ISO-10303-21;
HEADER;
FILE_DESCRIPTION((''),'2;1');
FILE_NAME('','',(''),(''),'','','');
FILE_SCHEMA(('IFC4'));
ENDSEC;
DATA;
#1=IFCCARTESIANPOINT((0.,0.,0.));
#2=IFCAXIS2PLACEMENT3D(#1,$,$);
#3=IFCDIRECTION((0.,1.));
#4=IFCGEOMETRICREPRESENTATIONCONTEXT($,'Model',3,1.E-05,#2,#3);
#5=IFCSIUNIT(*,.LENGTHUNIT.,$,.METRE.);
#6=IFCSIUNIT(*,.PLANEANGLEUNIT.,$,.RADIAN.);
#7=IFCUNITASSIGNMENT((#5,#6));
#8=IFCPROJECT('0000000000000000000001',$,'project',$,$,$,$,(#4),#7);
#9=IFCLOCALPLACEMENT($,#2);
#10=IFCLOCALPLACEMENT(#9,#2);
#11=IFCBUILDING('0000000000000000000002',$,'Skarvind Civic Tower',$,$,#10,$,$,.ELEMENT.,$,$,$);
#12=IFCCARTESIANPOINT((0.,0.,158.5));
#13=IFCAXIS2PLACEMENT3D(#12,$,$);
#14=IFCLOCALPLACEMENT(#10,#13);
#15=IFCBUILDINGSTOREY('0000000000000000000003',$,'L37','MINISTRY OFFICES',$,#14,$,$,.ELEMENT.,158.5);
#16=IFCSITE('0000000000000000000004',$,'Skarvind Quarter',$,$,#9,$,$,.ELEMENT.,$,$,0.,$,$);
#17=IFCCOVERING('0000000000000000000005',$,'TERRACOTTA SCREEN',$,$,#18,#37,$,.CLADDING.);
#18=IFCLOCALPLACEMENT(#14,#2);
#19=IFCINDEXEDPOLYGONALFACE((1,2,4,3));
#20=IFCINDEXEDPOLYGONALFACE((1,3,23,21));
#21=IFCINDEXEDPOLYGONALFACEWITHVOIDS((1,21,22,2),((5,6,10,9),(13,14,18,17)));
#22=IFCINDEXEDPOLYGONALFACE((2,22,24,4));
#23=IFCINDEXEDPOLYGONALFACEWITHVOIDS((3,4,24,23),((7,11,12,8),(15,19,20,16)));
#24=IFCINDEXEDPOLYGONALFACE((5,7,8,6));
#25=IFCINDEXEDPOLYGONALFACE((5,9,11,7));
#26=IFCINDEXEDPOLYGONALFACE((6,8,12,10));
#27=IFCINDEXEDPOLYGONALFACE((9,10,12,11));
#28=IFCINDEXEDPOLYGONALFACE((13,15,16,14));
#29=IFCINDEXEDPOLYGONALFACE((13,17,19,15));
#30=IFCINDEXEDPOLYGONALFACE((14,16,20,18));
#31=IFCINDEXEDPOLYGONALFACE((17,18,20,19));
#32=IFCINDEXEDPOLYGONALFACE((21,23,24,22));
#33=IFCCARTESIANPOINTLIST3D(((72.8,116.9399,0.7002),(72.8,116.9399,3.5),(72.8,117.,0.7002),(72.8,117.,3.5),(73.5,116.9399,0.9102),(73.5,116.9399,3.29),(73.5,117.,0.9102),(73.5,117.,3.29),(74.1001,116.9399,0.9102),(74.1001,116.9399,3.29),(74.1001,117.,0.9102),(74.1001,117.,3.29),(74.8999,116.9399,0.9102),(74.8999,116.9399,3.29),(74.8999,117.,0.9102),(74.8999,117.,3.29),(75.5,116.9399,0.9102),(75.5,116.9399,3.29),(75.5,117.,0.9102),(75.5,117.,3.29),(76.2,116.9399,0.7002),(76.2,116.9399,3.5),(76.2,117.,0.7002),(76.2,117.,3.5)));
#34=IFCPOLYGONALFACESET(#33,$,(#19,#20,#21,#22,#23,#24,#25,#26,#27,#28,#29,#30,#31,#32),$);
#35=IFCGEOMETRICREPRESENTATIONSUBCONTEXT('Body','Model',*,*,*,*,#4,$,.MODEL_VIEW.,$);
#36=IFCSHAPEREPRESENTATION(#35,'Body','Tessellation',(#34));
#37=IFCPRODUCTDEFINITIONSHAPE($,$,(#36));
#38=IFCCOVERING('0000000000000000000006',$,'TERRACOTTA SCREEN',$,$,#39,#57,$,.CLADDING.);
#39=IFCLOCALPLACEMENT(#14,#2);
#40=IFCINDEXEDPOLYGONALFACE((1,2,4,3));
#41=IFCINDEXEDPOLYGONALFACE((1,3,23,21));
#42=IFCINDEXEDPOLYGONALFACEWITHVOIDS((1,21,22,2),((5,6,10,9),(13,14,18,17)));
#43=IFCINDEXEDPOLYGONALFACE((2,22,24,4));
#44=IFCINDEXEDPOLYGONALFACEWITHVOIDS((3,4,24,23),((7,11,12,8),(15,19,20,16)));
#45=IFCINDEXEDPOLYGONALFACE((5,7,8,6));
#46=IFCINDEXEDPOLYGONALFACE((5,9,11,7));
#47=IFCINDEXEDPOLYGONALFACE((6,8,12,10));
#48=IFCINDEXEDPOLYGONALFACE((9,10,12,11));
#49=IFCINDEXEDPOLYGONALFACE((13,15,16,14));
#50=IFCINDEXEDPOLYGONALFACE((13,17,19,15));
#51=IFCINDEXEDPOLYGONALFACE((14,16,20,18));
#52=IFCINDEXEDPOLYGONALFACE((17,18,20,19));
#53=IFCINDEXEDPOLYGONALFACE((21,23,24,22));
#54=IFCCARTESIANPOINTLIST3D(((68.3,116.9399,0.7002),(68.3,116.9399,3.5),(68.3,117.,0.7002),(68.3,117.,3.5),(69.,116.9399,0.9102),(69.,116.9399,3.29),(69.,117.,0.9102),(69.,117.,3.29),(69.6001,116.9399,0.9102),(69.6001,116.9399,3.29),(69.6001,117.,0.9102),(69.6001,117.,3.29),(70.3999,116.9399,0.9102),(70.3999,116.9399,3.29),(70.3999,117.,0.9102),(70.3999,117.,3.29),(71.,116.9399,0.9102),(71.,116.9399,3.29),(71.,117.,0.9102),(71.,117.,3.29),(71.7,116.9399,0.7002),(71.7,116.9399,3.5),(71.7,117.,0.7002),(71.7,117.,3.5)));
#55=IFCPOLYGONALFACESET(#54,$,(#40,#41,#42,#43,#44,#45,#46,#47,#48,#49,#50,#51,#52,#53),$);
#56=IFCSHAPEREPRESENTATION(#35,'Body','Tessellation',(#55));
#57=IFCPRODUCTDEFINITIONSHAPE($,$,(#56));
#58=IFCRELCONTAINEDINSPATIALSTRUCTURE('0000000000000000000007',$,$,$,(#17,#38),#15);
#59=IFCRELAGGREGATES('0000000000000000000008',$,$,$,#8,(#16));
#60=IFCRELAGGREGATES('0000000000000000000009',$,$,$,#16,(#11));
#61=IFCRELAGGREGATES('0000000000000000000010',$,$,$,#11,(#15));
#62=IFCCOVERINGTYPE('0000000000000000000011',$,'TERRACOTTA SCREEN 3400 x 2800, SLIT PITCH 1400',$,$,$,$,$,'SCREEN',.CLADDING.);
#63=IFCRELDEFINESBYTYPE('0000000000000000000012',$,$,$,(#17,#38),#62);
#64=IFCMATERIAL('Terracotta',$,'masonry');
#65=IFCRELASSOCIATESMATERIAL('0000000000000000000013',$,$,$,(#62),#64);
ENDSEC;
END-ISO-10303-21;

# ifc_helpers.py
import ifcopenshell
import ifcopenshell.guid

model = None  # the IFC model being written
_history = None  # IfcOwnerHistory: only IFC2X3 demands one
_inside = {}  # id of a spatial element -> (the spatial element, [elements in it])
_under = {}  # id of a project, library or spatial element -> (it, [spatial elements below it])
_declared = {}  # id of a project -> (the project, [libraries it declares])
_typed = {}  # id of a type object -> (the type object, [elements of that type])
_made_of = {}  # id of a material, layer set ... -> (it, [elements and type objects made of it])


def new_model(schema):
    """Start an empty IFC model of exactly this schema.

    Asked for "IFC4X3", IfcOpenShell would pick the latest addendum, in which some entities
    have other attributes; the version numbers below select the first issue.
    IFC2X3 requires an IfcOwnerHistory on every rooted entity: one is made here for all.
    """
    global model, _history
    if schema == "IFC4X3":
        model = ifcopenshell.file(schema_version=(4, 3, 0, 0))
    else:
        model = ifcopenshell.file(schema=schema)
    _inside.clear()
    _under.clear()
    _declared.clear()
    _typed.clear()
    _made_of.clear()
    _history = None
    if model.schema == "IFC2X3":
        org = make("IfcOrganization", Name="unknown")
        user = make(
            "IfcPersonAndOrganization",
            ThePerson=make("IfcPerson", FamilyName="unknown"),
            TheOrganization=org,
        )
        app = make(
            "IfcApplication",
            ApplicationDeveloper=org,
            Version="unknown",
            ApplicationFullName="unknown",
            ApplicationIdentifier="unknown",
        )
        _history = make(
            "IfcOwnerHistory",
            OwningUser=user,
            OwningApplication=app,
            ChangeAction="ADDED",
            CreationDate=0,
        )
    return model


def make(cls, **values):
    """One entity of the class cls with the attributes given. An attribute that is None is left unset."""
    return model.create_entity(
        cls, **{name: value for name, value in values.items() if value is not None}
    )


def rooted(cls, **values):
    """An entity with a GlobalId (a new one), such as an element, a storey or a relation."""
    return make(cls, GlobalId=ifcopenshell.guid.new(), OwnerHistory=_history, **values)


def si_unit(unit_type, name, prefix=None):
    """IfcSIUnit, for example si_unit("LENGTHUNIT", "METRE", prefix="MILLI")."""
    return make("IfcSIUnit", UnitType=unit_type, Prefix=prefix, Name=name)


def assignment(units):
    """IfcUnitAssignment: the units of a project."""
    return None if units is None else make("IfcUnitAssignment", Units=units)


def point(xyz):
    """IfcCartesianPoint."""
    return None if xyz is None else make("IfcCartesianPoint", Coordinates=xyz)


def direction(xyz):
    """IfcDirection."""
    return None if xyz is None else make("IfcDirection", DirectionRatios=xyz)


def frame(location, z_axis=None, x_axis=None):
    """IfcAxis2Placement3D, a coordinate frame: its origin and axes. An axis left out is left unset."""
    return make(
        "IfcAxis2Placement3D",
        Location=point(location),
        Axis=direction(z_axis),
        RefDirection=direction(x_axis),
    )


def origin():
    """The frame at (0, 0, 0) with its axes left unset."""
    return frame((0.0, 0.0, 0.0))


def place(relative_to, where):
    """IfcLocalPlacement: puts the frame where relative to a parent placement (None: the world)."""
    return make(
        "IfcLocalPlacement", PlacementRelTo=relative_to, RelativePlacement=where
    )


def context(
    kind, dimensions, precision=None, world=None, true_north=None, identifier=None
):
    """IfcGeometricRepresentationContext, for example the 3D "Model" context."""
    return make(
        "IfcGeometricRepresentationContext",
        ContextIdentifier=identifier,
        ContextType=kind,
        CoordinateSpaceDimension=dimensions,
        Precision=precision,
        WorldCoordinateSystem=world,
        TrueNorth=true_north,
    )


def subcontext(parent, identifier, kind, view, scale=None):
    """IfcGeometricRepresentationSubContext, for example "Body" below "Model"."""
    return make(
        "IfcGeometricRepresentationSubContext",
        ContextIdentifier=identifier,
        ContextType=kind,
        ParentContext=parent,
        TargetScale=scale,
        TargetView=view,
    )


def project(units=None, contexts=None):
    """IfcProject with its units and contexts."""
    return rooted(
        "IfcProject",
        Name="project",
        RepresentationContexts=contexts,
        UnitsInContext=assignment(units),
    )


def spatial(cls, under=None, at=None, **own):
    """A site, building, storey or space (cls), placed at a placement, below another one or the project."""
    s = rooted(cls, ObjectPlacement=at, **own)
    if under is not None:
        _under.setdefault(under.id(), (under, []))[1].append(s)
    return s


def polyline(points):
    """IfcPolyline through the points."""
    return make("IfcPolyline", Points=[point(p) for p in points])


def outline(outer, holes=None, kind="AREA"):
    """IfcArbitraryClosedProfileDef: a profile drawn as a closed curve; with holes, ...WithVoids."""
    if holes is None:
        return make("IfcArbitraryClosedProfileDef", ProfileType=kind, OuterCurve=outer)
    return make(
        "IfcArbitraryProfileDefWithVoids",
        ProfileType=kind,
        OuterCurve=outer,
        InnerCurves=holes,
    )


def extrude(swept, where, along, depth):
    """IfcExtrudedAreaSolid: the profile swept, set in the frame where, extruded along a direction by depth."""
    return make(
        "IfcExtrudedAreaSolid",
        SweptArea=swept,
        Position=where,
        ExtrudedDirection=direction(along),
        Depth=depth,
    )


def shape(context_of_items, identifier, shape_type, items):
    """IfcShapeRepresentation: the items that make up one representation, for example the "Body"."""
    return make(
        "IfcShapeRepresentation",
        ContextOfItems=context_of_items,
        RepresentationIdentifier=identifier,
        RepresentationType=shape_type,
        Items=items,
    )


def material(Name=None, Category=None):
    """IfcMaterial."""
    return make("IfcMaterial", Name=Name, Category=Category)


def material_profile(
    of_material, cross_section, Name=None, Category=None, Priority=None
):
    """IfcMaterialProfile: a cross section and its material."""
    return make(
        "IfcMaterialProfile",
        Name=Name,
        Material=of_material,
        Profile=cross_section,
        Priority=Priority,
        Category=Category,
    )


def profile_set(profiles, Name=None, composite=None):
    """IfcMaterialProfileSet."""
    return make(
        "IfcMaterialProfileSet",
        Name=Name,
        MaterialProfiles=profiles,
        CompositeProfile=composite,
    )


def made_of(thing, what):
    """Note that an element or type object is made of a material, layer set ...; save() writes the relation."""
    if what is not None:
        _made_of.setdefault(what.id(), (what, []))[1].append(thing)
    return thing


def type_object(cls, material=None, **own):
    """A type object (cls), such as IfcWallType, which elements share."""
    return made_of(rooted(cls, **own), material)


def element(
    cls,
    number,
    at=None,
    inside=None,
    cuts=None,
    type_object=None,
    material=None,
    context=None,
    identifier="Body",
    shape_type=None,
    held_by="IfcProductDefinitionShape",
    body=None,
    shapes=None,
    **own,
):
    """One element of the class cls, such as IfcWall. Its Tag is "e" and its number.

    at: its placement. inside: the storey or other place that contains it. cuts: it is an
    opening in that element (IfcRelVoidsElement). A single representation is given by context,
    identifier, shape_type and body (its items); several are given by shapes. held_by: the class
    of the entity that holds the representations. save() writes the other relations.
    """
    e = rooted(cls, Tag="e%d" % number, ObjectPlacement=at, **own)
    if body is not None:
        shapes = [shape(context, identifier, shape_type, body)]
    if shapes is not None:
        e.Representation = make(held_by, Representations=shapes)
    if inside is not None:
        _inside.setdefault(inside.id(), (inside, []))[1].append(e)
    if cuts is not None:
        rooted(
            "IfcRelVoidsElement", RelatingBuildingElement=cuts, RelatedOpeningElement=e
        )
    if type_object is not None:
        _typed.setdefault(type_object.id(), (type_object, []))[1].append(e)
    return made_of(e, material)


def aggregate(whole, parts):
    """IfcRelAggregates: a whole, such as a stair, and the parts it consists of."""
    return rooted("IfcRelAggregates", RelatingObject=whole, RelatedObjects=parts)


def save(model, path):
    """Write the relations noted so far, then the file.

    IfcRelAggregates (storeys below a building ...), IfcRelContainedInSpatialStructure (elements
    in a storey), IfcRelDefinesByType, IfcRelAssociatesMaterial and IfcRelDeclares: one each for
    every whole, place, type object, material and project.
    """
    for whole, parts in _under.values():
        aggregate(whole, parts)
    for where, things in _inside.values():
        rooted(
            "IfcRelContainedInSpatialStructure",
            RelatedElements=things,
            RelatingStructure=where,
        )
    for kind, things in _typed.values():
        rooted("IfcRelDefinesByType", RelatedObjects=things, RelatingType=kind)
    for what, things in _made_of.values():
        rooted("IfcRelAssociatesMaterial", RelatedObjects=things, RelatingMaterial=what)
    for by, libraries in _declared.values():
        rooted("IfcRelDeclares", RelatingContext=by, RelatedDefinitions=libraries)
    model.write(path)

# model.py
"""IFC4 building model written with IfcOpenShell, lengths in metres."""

from ifc_helpers import new_model, si_unit, direction, frame, origin, place, context, subcontext, project, spatial, polyline, outline, extrude, material, material_profile, profile_set, type_object, element, save


model = new_model("IFC4")

# Units and contexts
model_context = context("Model", 3, precision=1e-05, world=origin(), true_north=direction((0.0, 1.0)))
body_context = subcontext(model_context, "Body", "Model", "MODEL_VIEW")
ifc_project = project(units=[si_unit("LENGTHUNIT", "METRE"), si_unit("PLANEANGLEUNIT", "RADIAN")], contexts=[model_context])

# Site, building, storey
site_placement = place(None, origin())
site = spatial("IfcSite", under=ifc_project, at=site_placement, Name="Skarvind Quarter", CompositionType="ELEMENT", RefElevation=0.0)
building_placement = place(site_placement, origin())
building = spatial("IfcBuilding", under=site, at=building_placement, Name="Skarvind Civic Tower", CompositionType="ELEMENT")
storey_placement = place(building_placement, frame((0.0, 0.0, 158.5)))
storey = spatial("IfcBuildingStorey", under=building, at=storey_placement, Name="L37", Description="MINISTRY OFFICES", CompositionType="ELEMENT", Elevation=158.5)

# Coverings
ifc_material_1 = material(Name="Terracotta", Category="masonry")
ifc_material_profile_1 = material_profile(ifc_material_1, outline(polyline([(-1.7, -1.3999), (1.7, -1.3999), (1.7, 1.3999), (-1.7, 1.3999), (-1.7, -1.3999)]), holes=[polyline([(-1.0, -1.1899), (-0.3999, -1.1899), (-0.3999, 1.1899), (-1.0, 1.1899), (-1.0, -1.1899)]), polyline([(0.3999, -1.1899), (1.0, -1.1899), (1.0, 1.1899), (0.3999, 1.1899), (0.3999, -1.1899)])]), Name="TERRACOTTA SCREEN 3400 x 2800, SLIT PITCH 1400")
ifc_profile_set_1 = profile_set([ifc_material_profile_1], Name="Terracotta")
covering_type = type_object("IfcCoveringType", Name="TERRACOTTA SCREEN 3400 x 2800, SLIT PITCH 1400", ElementType="SCREEN", PredefinedType="CLADDING", material=ifc_profile_set_1)
for number, where, z_axis, x_axis, name in (
    (1, (74.5, 117.0, 2.1001), (0.0, -1.0, 0.0), (1.0, 0.0, 0.0), "TERRACOTTA SCREEN"),
    (2, (70.0, 117.0, 2.1001), (0.0, -1.0, 0.0), (1.0, 0.0, 0.0), "TERRACOTTA SCREEN"),
):
    element("IfcCovering", number, at=place(storey_placement, frame(where, z_axis=z_axis, x_axis=x_axis)), inside=storey, type_object=covering_type, Name=name, PredefinedType="CLADDING", context=body_context, shape_type="SweptSolid", body=[
        extrude(outline(polyline([(-1.7, -1.3999), (1.7, -1.3999), (1.7, 1.3999), (-1.7, 1.3999), (-1.7, -1.3999)]), holes=[polyline([(-1.0, -1.1899), (-0.3999, -1.1899), (-0.3999, 1.1899), (-1.0, 1.1899), (-1.0, -1.1899)]), polyline([(0.3999, -1.1899), (1.0, -1.1899), (1.0, 1.1899), (0.3999, 1.1899), (0.3999, -1.1899)])]), origin(), (0.0, 0.0, 1.0), 0.0601),
    ])

save(model, "model.ifc")
